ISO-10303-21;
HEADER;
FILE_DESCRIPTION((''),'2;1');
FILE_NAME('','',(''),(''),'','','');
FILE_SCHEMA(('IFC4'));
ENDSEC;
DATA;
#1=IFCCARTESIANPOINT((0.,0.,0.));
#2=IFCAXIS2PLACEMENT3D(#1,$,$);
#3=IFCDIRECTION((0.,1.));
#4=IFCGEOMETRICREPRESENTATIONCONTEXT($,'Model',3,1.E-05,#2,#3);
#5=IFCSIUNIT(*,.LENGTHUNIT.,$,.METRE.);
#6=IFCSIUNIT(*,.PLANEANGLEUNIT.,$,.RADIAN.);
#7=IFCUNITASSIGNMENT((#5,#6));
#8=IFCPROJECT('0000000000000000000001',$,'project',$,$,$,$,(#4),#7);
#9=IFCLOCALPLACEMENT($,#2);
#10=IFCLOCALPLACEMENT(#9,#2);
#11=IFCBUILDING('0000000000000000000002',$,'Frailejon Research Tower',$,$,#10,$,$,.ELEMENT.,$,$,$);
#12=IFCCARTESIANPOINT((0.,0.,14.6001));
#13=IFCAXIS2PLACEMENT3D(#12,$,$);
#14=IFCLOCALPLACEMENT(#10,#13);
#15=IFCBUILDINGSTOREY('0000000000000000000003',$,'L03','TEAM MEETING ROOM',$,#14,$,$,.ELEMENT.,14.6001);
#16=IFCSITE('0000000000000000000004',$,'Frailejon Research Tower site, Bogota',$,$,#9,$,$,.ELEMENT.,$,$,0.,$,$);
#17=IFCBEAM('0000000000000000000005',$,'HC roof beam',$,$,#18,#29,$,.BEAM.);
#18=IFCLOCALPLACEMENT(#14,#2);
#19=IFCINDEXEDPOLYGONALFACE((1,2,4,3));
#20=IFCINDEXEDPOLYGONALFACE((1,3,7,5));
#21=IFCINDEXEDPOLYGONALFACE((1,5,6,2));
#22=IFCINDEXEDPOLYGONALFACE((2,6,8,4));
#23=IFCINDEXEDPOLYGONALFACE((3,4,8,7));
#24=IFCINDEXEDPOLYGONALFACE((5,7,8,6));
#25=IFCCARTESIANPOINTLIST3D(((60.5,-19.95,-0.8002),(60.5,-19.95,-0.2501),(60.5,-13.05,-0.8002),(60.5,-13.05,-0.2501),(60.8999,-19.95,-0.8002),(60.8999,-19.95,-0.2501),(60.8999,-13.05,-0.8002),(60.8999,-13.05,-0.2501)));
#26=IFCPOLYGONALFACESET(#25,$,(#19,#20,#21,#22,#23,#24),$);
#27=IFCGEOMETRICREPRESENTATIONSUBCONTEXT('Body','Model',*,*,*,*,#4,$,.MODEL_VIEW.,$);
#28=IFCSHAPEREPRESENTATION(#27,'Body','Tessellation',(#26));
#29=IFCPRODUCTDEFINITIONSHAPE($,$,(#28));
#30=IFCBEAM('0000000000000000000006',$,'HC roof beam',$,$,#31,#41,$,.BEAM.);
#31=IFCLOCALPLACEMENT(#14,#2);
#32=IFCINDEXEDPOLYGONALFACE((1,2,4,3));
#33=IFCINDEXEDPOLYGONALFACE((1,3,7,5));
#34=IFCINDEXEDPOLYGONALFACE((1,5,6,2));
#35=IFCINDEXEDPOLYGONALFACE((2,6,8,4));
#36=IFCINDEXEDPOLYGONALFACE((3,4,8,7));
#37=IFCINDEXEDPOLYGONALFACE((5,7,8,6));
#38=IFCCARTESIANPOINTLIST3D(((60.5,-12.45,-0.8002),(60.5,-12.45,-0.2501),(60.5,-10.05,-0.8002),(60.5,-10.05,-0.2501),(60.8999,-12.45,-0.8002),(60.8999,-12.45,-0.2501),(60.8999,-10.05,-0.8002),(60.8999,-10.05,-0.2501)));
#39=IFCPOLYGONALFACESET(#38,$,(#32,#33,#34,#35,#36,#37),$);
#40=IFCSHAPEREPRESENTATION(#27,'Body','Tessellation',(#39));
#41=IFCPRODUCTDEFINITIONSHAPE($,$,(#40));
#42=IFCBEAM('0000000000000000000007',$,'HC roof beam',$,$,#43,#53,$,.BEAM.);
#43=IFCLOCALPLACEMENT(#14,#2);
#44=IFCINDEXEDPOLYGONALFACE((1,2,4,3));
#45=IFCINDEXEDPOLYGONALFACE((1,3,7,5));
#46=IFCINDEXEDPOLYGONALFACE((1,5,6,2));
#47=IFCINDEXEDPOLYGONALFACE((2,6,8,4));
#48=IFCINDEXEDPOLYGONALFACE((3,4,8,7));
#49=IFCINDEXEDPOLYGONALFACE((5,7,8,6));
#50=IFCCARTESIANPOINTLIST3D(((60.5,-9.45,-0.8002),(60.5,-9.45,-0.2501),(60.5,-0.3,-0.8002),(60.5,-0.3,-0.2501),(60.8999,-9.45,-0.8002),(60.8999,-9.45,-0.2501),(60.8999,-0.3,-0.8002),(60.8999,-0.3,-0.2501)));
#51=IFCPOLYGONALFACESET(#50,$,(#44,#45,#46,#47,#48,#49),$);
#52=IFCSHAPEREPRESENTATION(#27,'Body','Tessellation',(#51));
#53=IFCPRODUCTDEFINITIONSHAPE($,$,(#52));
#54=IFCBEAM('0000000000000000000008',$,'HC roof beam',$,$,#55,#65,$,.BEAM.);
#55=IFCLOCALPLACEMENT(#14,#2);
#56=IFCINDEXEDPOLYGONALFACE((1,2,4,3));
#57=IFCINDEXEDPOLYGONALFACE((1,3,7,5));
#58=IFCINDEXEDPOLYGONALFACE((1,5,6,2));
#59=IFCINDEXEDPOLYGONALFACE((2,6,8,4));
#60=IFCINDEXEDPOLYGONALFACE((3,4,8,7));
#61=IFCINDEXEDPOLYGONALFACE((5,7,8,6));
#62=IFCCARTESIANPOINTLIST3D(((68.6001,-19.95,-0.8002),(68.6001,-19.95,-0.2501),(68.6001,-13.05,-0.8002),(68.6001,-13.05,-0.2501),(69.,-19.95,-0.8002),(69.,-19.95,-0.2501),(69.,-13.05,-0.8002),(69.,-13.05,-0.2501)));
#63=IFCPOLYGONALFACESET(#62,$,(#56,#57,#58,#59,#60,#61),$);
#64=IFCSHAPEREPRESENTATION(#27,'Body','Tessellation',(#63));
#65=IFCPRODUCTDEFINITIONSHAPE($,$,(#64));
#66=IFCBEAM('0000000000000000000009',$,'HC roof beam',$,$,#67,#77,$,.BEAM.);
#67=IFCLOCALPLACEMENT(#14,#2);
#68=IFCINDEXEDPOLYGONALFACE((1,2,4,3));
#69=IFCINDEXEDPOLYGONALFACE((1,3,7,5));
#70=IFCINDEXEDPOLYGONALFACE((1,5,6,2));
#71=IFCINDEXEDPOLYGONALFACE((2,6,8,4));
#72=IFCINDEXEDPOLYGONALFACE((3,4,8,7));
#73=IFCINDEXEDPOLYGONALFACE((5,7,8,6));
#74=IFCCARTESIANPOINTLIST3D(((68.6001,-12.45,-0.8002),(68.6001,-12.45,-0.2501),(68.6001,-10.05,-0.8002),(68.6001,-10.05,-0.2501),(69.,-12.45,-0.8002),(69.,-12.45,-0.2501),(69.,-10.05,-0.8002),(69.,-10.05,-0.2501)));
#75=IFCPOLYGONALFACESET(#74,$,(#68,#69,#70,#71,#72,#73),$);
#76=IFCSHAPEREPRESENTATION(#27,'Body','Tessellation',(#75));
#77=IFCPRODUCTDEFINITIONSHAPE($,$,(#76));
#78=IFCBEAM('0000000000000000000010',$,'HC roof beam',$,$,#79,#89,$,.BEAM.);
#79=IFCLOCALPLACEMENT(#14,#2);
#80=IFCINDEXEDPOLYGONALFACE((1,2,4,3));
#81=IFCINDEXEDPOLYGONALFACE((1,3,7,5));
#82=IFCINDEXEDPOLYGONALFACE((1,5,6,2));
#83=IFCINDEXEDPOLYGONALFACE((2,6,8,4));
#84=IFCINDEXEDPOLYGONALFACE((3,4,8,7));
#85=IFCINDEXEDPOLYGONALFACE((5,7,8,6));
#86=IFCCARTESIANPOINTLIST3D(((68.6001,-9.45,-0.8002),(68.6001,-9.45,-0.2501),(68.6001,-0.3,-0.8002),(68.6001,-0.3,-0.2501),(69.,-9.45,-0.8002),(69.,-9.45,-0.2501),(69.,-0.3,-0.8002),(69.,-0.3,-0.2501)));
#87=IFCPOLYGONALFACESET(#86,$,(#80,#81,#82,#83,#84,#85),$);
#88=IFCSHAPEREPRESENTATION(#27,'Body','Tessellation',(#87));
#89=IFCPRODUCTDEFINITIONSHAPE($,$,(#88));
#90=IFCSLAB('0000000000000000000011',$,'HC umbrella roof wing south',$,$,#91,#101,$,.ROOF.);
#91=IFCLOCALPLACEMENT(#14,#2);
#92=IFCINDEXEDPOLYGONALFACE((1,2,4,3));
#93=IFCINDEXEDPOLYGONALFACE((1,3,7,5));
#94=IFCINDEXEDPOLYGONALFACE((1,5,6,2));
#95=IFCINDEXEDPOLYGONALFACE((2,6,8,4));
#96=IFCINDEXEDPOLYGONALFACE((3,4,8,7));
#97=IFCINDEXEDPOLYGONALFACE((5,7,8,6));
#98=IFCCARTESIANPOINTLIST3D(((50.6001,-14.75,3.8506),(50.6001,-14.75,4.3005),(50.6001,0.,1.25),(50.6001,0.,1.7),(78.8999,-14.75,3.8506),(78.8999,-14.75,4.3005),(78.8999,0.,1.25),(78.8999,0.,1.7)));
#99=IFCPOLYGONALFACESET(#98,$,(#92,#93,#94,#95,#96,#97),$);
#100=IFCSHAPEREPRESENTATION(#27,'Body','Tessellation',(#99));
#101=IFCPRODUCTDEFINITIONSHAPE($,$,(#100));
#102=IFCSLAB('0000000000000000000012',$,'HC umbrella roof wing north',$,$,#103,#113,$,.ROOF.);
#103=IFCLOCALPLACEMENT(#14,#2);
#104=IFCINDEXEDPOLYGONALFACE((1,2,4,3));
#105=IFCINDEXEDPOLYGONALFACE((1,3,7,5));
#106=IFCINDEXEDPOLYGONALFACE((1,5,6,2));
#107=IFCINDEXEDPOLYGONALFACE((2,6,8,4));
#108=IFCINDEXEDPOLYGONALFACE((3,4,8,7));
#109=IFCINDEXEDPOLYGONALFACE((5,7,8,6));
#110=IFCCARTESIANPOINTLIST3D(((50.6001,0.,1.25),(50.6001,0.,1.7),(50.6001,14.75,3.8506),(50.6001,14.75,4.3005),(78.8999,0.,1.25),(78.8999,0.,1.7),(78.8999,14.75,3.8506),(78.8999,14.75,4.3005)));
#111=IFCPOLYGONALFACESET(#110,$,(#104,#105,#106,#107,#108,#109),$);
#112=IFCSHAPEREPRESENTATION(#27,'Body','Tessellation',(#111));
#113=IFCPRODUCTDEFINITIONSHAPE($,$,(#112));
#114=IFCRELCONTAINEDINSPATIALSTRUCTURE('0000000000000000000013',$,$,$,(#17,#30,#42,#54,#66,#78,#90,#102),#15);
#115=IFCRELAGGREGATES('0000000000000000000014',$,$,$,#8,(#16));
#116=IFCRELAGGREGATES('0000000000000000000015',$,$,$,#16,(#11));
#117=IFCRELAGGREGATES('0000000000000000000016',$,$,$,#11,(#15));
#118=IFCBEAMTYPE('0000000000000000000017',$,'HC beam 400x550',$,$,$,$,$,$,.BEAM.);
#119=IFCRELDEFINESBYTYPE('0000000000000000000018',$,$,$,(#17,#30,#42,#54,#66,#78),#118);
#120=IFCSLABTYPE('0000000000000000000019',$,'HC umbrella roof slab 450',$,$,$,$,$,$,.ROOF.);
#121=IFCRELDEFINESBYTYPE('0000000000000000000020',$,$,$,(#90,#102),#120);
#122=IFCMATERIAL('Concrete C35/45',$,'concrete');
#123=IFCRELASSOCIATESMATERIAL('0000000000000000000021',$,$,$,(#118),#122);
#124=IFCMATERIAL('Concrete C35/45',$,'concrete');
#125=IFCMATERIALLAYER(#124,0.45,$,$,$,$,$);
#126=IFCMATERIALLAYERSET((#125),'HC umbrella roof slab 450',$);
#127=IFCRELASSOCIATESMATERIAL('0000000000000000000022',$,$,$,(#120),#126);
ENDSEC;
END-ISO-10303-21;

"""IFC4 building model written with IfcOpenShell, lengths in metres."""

from ifc_helpers import new_model, si_unit, direction, frame, origin, origin_2d, place, context, subcontext, project, spatial, polyline, rectangle, outline, extrude, material, layer, layer_set, material_profile, profile_set, type_object, element, save


model = new_model("IFC4")

# Units and contexts
model_context = context("Model", 3, precision=1e-05, world=origin(), true_north=direction((0.0, 1.0)))
body_context = subcontext(model_context, "Body", "Model", "MODEL_VIEW")
ifc_project = project(units=[si_unit("LENGTHUNIT", "METRE"), si_unit("PLANEANGLEUNIT", "RADIAN")], contexts=[model_context])

# Site, building, storey
site_placement = place(None, origin())
site = spatial("IfcSite", under=ifc_project, at=site_placement, Name="Frailejon Research Tower site, Bogota", CompositionType="ELEMENT", RefElevation=0.0)
building_placement = place(site_placement, origin())
building = spatial("IfcBuilding", under=site, at=building_placement, Name="Frailejon Research Tower", CompositionType="ELEMENT")
storey_placement = place(building_placement, frame((0.0, 0.0, 14.6001)))
storey = spatial("IfcBuildingStorey", under=building, at=storey_placement, Name="L03", Description="TEAM MEETING ROOM", CompositionType="ELEMENT", Elevation=14.6001)

# Beams
ifc_material_1 = material(Name="Concrete C35/45", Category="concrete")
ifc_material_profile_1 = material_profile(ifc_material_1, rectangle(XDim=0.3999, YDim=0.55, at=origin_2d()), Name="HC beam 400x550")
ifc_profile_set_1 = profile_set([ifc_material_profile_1], Name="Concrete C35/45")
beam_type = type_object("IfcBeamType", Name="HC beam 400x550", PredefinedType="BEAM", material=ifc_profile_set_1)
beam_1_placement = place(storey_placement, frame((60.7, -19.95, -0.5251), z_axis=(0.0, 1.0, 0.0), x_axis=(-1.0, 0.0, 0.0)))
element("IfcBeam", 1, at=beam_1_placement, inside=storey, type_object=beam_type, Name="HC roof beam", PredefinedType="BEAM", context=body_context, shape_type="SweptSolid", body=[
    extrude(rectangle(XDim=0.3999, YDim=0.55, at=origin_2d()), origin(), (0.0, 0.0, 1.0), 6.8999),
])
beam_2_placement = place(storey_placement, frame((60.7, -12.45, -0.5251), z_axis=(0.0, 1.0, 0.0), x_axis=(-1.0, 0.0, 0.0)))
element("IfcBeam", 2, at=beam_2_placement, inside=storey, type_object=beam_type, Name="HC roof beam", PredefinedType="BEAM", context=body_context, shape_type="SweptSolid", body=[
    extrude(rectangle(XDim=0.3999, YDim=0.55, at=origin_2d()), origin(), (0.0, 0.0, 1.0), 2.3999),
])
beam_3_placement = place(storey_placement, frame((60.7, -9.45, -0.5251), z_axis=(0.0, 1.0, 0.0), x_axis=(-1.0, 0.0, 0.0)))
element("IfcBeam", 3, at=beam_3_placement, inside=storey, type_object=beam_type, Name="HC roof beam", PredefinedType="BEAM", context=body_context, shape_type="SweptSolid", body=[
    extrude(rectangle(XDim=0.3999, YDim=0.55, at=origin_2d()), origin(), (0.0, 0.0, 1.0), 9.1499),
])
beam_4_placement = place(storey_placement, frame((68.8, -19.95, -0.5251), z_axis=(0.0, 1.0, 0.0), x_axis=(-1.0, 0.0, 0.0)))
element("IfcBeam", 4, at=beam_4_placement, inside=storey, type_object=beam_type, Name="HC roof beam", PredefinedType="BEAM", context=body_context, shape_type="SweptSolid", body=[
    extrude(rectangle(XDim=0.3999, YDim=0.55, at=origin_2d()), origin(), (0.0, 0.0, 1.0), 6.8999),
])
beam_5_placement = place(storey_placement, frame((68.8, -12.45, -0.5251), z_axis=(0.0, 1.0, 0.0), x_axis=(-1.0, 0.0, 0.0)))
element("IfcBeam", 5, at=beam_5_placement, inside=storey, type_object=beam_type, Name="HC roof beam", PredefinedType="BEAM", context=body_context, shape_type="SweptSolid", body=[
    extrude(rectangle(XDim=0.3999, YDim=0.55, at=origin_2d()), origin(), (0.0, 0.0, 1.0), 2.3999),
])
beam_6_placement = place(storey_placement, frame((68.8, -9.45, -0.5251), z_axis=(0.0, 1.0, 0.0), x_axis=(-1.0, 0.0, 0.0)))
element("IfcBeam", 6, at=beam_6_placement, inside=storey, type_object=beam_type, Name="HC roof beam", PredefinedType="BEAM", context=body_context, shape_type="SweptSolid", body=[
    extrude(rectangle(XDim=0.3999, YDim=0.55, at=origin_2d()), origin(), (0.0, 0.0, 1.0), 9.1499),
])

# Slabs
ifc_material_2 = material(Name="Concrete C35/45", Category="concrete")
ifc_layer = layer(ifc_material_2, 0.45)
ifc_layer_set = layer_set([ifc_layer], Name="HC umbrella roof slab 450")
slab_type = type_object("IfcSlabType", Name="HC umbrella roof slab 450", PredefinedType="ROOF", material=ifc_layer_set)
slab_1_placement = place(storey_placement, frame((50.6001, -14.75, 3.8506), z_axis=(0.0, 0.173633, 0.98481), x_axis=(1.0, 0.0, 0.0)))
element("IfcSlab", 7, at=slab_1_placement, inside=storey, type_object=slab_type, Name="HC umbrella roof wing south", PredefinedType="ROOF", context=body_context, shape_type="SweptSolid", body=[
    extrude(outline(polyline([(0.0, 0.0), (28.2998, 0.0), (28.2998, 14.9775), (0.0, 14.9775), (0.0, 0.0)])), origin(), (0.0, -0.173633, 0.98481), 0.45),
])
slab_2_placement = place(storey_placement, frame((50.6001, 0.0, 1.25), z_axis=(0.0, -0.173633, 0.98481), x_axis=(1.0, 0.0, 0.0)))
element("IfcSlab", 8, at=slab_2_placement, inside=storey, type_object=slab_type, Name="HC umbrella roof wing north", PredefinedType="ROOF", context=body_context, shape_type="SweptSolid", body=[
    extrude(outline(polyline([(0.0, 0.0), (28.2998, 0.0), (28.2998, 14.9775), (0.0, 14.9775), (0.0, 0.0)])), origin(), (0.0, 0.173633, 0.98481), 0.45),
])

save(model, "model.ifc")
